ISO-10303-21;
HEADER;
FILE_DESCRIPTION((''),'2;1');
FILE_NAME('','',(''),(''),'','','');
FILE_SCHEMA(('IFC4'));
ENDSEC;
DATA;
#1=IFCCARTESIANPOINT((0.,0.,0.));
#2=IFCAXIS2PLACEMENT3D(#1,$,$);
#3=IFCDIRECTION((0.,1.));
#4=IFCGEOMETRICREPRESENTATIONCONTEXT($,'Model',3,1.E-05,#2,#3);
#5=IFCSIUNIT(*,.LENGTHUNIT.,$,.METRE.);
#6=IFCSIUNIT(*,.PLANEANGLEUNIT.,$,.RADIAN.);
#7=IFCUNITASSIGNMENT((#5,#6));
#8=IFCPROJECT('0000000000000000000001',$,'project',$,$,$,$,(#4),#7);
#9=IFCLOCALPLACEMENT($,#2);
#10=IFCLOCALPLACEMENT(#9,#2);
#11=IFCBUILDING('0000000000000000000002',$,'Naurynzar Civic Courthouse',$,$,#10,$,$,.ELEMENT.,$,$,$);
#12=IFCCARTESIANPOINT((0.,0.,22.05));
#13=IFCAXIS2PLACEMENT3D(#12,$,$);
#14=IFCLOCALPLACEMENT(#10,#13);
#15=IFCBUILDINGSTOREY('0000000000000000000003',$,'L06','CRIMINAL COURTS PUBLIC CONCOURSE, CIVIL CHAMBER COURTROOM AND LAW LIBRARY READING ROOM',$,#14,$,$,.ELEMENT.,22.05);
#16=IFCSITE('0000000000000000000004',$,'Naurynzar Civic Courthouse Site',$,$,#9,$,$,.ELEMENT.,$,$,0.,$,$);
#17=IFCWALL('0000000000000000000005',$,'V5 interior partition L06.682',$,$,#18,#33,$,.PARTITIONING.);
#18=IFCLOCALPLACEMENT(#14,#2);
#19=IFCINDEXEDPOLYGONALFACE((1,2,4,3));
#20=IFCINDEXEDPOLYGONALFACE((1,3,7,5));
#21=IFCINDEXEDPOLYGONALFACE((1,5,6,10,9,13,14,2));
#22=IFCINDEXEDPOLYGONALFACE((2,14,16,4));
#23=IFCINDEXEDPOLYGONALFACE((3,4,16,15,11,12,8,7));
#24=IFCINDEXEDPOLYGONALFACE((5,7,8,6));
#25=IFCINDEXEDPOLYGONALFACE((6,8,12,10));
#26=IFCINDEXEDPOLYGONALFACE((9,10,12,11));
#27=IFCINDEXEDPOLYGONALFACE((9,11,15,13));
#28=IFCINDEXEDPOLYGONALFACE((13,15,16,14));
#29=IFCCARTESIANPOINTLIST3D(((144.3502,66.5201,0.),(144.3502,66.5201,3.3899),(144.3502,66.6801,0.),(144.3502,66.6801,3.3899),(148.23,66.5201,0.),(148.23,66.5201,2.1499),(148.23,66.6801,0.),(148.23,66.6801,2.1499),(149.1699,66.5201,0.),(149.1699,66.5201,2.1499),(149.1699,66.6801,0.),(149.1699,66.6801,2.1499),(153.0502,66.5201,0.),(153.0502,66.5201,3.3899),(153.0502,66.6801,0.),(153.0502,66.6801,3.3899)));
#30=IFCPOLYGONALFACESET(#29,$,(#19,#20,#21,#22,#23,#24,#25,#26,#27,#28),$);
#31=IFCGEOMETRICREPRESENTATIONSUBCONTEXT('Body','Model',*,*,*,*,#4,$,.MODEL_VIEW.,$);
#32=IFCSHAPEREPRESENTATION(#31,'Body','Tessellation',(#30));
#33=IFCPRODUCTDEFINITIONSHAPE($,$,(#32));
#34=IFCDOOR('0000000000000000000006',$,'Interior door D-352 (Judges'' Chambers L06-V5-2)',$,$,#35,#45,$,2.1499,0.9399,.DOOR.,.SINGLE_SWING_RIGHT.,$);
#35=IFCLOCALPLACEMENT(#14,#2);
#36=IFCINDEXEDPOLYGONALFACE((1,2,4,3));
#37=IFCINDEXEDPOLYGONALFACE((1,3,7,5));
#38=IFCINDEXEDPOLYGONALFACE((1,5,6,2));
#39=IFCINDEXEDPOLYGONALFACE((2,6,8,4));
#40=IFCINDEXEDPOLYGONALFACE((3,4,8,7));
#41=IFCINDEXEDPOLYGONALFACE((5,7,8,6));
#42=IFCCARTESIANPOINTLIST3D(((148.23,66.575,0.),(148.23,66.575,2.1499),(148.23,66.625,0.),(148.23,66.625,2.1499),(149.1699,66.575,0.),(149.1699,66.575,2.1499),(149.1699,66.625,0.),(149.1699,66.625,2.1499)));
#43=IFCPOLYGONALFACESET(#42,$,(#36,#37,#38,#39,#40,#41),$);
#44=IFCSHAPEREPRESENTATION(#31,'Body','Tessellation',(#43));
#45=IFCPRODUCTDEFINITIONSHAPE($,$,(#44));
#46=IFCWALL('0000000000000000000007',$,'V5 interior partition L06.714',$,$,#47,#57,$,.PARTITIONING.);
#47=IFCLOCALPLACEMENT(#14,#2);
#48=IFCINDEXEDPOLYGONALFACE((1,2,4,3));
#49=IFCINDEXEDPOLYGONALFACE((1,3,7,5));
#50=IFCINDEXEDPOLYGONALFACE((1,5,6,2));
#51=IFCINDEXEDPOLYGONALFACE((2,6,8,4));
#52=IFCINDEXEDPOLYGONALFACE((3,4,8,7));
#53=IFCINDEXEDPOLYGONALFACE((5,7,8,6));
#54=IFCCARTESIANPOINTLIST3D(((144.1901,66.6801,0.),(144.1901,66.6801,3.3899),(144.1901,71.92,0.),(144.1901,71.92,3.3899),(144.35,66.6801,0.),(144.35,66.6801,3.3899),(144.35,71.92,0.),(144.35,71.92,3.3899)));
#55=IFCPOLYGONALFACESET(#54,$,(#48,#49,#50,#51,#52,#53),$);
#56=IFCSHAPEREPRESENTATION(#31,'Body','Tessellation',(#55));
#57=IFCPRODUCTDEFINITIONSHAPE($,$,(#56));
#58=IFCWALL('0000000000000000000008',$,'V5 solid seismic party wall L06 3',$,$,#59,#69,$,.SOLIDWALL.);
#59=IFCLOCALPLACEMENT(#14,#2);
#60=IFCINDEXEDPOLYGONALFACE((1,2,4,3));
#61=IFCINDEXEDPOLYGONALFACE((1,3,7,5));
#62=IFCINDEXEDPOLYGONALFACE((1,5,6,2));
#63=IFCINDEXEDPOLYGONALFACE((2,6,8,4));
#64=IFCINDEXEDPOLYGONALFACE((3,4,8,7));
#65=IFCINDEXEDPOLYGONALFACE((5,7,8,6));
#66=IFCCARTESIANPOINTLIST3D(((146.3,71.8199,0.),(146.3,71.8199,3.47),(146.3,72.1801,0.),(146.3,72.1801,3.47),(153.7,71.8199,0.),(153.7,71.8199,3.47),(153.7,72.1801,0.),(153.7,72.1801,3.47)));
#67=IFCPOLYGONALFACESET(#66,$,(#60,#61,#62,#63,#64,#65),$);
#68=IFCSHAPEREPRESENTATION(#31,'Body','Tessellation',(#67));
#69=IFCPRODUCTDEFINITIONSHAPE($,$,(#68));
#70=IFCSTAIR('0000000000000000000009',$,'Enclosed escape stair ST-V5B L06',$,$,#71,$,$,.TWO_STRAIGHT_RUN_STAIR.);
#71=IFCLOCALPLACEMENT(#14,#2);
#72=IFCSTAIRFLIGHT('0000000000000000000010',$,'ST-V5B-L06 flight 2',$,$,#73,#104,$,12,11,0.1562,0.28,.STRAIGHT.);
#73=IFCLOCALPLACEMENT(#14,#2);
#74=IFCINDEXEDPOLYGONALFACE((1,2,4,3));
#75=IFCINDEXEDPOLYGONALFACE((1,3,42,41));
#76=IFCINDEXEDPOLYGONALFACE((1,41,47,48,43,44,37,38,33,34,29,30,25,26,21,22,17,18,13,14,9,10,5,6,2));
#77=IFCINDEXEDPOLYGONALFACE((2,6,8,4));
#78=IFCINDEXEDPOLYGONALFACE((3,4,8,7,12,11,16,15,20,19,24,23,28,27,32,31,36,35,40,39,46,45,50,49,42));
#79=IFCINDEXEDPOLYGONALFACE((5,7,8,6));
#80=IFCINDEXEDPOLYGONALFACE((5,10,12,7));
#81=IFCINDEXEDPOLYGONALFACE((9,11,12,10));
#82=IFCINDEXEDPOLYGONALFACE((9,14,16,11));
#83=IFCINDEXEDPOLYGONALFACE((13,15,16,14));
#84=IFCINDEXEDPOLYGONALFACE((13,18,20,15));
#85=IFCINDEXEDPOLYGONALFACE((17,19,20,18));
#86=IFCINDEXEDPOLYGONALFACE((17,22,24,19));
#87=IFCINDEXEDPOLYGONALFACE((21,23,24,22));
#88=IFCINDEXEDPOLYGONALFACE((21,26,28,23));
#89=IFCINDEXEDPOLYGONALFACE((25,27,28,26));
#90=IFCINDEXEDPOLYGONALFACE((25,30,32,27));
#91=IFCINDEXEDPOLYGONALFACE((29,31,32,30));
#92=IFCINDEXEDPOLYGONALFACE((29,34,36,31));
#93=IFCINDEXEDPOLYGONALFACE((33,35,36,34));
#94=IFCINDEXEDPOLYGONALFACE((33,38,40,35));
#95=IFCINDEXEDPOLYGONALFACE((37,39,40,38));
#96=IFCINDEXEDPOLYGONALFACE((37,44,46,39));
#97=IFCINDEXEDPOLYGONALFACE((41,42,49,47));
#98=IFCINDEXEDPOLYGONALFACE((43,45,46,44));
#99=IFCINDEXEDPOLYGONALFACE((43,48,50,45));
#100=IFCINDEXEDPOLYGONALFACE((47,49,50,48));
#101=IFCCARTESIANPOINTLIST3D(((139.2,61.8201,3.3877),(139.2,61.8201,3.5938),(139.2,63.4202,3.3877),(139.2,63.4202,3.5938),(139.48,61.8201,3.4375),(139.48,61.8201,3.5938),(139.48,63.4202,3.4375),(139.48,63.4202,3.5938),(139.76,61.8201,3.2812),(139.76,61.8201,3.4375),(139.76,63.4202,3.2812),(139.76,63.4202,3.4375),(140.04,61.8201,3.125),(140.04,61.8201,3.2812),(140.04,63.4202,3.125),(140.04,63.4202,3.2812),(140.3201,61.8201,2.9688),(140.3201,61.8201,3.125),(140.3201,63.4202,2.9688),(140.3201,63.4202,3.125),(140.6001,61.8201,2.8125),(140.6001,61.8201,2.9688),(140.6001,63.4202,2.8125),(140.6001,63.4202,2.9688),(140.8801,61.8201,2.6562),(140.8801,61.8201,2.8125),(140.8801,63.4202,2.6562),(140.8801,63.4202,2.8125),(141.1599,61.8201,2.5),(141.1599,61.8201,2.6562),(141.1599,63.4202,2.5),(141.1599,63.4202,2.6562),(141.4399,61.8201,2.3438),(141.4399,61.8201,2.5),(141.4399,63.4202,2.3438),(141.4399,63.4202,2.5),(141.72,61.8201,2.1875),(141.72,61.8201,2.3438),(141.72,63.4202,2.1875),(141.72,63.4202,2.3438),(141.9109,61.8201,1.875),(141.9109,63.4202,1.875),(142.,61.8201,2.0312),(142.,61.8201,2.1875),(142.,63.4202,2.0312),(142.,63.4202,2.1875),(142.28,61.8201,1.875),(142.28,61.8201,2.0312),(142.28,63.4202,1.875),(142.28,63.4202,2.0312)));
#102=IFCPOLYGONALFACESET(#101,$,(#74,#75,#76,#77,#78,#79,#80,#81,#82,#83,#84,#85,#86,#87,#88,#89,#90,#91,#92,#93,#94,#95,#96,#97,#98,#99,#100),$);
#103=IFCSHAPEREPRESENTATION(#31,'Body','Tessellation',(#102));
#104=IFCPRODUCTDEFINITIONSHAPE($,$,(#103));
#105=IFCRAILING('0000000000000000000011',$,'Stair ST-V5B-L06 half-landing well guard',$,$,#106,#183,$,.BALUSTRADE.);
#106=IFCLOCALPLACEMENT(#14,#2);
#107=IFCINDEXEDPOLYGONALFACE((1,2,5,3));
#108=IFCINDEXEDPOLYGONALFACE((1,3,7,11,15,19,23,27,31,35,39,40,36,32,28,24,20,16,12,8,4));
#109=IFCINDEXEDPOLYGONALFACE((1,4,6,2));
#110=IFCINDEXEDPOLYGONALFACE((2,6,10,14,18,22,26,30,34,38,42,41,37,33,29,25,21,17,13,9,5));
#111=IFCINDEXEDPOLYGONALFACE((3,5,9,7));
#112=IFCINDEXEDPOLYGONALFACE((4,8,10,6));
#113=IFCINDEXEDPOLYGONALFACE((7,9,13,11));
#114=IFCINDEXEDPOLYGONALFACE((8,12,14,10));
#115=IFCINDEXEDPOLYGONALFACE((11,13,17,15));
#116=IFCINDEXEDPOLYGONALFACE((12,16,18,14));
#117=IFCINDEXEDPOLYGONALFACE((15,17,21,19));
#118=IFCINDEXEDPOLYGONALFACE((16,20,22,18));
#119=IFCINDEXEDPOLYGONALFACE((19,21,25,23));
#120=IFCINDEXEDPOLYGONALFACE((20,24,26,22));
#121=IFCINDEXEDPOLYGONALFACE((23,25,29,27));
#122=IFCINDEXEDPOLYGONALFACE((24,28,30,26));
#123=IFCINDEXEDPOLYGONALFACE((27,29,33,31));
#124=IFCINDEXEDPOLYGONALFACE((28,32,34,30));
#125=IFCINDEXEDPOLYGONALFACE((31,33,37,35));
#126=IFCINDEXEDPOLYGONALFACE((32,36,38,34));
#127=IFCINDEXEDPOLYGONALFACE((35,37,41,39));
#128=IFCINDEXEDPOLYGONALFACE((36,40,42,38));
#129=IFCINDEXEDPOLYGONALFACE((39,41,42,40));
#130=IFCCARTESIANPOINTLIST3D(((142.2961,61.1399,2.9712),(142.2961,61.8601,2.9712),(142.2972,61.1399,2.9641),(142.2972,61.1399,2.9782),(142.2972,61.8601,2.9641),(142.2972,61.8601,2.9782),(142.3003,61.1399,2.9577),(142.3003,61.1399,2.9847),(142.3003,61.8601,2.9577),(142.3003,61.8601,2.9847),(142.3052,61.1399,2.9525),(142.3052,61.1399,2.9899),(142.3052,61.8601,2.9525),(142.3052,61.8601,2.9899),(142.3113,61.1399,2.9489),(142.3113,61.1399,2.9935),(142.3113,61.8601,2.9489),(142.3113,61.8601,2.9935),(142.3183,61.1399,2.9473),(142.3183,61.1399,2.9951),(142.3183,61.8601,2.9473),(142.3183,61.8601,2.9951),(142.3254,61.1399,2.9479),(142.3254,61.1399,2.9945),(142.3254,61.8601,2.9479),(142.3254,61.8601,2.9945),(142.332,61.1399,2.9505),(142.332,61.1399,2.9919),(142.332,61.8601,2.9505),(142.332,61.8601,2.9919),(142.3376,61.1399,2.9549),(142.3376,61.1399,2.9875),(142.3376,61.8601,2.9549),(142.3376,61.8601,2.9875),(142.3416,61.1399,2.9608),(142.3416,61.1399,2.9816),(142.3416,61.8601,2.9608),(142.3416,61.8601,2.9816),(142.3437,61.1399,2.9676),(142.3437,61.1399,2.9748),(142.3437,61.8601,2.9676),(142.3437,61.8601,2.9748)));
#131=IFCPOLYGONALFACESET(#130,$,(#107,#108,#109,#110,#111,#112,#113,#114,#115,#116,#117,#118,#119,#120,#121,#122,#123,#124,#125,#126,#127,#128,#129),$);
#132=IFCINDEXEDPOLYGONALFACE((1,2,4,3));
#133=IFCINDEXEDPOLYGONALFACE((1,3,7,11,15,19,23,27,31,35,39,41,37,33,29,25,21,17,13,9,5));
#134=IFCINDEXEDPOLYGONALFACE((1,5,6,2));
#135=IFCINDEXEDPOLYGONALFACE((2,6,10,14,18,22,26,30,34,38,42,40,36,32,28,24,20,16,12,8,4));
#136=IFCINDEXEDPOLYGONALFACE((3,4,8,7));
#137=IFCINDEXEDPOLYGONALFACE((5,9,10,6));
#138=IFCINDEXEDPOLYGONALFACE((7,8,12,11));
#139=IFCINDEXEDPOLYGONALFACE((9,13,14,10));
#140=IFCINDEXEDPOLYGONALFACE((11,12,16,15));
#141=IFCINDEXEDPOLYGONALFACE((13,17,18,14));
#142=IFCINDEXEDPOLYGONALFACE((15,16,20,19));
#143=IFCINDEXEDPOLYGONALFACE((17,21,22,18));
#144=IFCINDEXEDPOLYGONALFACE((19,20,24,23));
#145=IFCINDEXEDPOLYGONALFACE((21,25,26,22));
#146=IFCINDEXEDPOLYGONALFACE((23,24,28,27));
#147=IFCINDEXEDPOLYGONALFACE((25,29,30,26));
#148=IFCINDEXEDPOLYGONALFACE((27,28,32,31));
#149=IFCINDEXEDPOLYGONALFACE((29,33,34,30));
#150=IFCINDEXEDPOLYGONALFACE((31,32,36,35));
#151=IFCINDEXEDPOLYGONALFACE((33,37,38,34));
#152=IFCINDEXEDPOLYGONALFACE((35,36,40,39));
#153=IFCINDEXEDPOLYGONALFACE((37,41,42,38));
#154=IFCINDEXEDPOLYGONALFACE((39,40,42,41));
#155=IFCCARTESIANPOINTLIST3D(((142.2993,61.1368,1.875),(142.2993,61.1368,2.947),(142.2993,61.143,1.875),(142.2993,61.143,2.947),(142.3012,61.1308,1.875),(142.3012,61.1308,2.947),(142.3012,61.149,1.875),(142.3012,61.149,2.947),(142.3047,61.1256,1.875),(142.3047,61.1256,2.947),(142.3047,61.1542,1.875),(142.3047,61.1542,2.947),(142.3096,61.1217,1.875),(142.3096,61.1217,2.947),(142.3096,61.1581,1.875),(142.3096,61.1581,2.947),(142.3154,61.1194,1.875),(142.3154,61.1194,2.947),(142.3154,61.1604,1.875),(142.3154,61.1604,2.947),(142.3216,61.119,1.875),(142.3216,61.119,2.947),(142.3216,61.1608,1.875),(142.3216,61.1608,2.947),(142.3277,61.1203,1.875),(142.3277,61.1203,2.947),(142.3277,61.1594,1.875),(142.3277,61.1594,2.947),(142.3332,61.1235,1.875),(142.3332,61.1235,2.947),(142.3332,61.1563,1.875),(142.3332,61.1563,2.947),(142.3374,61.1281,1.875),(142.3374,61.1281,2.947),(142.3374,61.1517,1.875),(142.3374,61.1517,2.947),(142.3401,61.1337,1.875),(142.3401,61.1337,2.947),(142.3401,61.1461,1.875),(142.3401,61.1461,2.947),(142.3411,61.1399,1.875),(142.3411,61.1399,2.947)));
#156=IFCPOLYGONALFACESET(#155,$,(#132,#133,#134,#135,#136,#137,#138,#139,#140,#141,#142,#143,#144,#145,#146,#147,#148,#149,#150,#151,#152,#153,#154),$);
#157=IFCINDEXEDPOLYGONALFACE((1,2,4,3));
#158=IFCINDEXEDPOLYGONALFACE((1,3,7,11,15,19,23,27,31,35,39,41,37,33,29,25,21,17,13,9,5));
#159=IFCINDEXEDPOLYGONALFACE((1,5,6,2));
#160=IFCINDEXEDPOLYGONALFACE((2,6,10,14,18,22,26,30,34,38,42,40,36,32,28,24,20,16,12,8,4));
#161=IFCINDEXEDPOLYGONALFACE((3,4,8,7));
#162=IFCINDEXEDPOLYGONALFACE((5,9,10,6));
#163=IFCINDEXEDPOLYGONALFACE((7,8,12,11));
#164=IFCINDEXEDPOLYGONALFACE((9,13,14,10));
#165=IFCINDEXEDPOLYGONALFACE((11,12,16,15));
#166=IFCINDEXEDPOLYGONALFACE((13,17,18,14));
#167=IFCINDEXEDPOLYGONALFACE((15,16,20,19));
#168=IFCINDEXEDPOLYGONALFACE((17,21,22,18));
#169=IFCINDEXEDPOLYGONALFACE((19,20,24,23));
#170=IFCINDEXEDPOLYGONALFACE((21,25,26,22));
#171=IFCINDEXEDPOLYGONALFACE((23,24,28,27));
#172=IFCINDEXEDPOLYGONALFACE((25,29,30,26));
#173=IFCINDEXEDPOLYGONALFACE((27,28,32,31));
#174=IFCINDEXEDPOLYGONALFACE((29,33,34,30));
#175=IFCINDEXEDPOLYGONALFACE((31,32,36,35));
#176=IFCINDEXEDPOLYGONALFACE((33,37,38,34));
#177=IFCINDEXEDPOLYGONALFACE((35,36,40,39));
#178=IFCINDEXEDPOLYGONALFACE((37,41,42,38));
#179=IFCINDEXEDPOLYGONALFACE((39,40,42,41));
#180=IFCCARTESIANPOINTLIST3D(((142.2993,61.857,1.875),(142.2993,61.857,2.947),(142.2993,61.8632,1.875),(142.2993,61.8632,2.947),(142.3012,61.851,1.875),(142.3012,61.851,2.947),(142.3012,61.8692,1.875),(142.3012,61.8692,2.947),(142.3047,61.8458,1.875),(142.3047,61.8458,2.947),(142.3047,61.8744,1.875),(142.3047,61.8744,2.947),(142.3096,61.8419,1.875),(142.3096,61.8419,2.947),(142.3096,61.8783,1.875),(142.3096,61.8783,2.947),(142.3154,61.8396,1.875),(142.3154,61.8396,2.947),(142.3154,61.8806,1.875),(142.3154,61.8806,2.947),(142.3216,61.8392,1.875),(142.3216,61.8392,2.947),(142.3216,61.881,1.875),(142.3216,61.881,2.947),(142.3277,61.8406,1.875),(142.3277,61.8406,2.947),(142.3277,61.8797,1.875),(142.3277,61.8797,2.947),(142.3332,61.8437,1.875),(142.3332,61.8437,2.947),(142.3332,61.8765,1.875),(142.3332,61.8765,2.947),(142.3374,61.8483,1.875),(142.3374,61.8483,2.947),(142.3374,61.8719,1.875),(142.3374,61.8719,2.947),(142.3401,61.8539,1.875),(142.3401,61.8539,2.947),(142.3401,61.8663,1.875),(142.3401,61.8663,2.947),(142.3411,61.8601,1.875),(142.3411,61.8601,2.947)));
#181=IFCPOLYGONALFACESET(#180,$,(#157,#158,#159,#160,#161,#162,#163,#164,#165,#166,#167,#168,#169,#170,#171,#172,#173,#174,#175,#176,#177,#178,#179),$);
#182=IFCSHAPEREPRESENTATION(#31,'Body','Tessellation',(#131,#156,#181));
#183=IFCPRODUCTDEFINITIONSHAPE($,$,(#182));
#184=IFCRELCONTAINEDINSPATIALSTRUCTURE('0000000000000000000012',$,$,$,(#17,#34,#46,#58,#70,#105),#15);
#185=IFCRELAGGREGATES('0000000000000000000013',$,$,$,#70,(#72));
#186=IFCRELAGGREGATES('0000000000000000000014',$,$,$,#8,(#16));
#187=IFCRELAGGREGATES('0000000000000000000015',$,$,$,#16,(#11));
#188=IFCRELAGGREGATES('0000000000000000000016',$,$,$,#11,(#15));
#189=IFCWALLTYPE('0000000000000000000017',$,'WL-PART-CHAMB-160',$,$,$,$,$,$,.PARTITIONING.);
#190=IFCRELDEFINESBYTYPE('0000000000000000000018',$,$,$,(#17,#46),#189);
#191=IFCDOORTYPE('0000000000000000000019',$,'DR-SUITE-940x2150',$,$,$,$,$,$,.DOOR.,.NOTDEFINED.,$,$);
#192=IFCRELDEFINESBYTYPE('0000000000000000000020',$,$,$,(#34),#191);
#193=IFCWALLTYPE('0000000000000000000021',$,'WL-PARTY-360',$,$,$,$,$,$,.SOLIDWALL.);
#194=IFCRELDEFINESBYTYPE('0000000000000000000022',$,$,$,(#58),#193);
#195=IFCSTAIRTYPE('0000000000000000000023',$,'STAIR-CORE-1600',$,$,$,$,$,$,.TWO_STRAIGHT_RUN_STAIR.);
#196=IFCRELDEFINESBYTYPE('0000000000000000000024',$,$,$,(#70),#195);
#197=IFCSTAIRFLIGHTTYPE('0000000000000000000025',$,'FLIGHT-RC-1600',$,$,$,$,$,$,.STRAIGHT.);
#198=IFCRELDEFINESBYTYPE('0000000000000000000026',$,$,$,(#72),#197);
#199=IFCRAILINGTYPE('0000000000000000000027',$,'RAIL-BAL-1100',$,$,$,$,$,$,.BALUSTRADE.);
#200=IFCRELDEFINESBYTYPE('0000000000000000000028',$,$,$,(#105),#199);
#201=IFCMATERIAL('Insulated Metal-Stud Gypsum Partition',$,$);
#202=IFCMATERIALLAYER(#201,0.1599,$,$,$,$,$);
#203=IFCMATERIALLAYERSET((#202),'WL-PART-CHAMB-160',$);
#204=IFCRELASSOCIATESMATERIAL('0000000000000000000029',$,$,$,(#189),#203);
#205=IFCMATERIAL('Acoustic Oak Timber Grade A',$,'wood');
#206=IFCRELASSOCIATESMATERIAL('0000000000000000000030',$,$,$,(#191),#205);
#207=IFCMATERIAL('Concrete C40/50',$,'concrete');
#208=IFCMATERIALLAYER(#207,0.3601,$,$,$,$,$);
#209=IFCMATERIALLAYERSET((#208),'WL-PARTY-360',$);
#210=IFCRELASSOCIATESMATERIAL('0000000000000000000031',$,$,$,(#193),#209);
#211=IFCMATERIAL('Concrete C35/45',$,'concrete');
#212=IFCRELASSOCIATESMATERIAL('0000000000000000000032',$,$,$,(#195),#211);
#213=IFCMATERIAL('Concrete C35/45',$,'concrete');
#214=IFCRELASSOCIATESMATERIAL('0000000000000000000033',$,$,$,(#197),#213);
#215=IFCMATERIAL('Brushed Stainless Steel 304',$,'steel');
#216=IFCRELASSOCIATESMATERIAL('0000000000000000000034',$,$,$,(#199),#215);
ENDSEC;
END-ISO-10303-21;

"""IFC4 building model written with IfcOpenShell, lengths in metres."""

from ifc_helpers import new_model, si_unit, direction, frame, frame_2d, origin, origin_2d, place, context, subcontext, project, spatial, polyline, rectangle, circle, outline, extrude, material, layer, layer_set, type_object, element, fill, aggregate, save


model = new_model("IFC4")

# Units and contexts
model_context = context("Model", 3, precision=1e-05, world=origin(), true_north=direction((0.0, 1.0)))
body_context = subcontext(model_context, "Body", "Model", "MODEL_VIEW")
ifc_project = project(units=[si_unit("LENGTHUNIT", "METRE"), si_unit("PLANEANGLEUNIT", "RADIAN")], contexts=[model_context])

# Site, building, storey
site_placement = place(None, origin())
site = spatial("IfcSite", under=ifc_project, at=site_placement, Name="Naurynzar Civic Courthouse Site", CompositionType="ELEMENT", RefElevation=0.0)
building_placement = place(site_placement, origin())
building = spatial("IfcBuilding", under=site, at=building_placement, Name="Naurynzar Civic Courthouse", CompositionType="ELEMENT")
storey_placement = place(building_placement, frame((0.0, 0.0, 22.05)))
storey = spatial("IfcBuildingStorey", under=building, at=storey_placement, Name="L06", Description="CRIMINAL COURTS PUBLIC CONCOURSE, CIVIL CHAMBER COURTROOM AND LAW LIBRARY READING ROOM", CompositionType="ELEMENT", Elevation=22.05)

# Wall, opening, door
ifc_material_1 = material(Name="Insulated Metal-Stud Gypsum Partition")
ifc_layer_1 = layer(ifc_material_1, 0.1599)
ifc_layer_set_1 = layer_set([ifc_layer_1], Name="WL-PART-CHAMB-160")
wall_type_1 = type_object("IfcWallType", Name="WL-PART-CHAMB-160", PredefinedType="PARTITIONING", material=ifc_layer_set_1)
wall_1_placement = place(storey_placement, frame((144.3501, 66.6001, 0.0), z_axis=(0.0, 0.0, 1.0), x_axis=(1.0, 0.0, 0.0)))
wall_1 = element("IfcWall", 1, at=wall_1_placement, inside=storey, type_object=wall_type_1, Name="V5 interior partition L06.682", PredefinedType="PARTITIONING", context=body_context, shape_type="SweptSolid", body=[
    extrude(rectangle(XDim=8.7, YDim=0.1599, at=frame_2d((4.3501, 0.0))), origin(), (0.0, 0.0, 1.0), 3.3899),
])
opening_1_placement = place(wall_1_placement, frame((3.8799, 0.0, 0.0)))
opening_1 = element("IfcOpeningElement", 2, at=opening_1_placement, cuts=wall_1, PredefinedType="OPENING", context=body_context, shape_type="SweptSolid", body=[
    extrude(rectangle(XDim=0.9399, YDim=2.1499, at=frame_2d((0.47, 1.075))), frame((0.0, 0.0898, 0.0), z_axis=(0.0, -1.0, 0.0), x_axis=(1.0, 0.0, 0.0)), (0.0, 0.0, 1.0), 0.1799),
])
ifc_material_2 = material(Name="Acoustic Oak Timber Grade A", Category="wood")
door_type_1 = type_object("IfcDoorType", Name="DR-SUITE-940x2150", OperationType="NOTDEFINED", PredefinedType="DOOR", material=ifc_material_2)
door_1_placement = place(opening_1_placement, origin())
door_1 = element("IfcDoor", 3, at=door_1_placement, inside=storey, type_object=door_type_1, Name="Interior door D-352 (Judges' Chambers L06-V5-2)", OperationType="SINGLE_SWING_RIGHT", OverallHeight=2.1499, OverallWidth=0.9399, PredefinedType="DOOR", context=body_context, shape_type="SweptSolid", body=[
    extrude(rectangle(XDim=0.9399, YDim=2.1499, at=frame_2d((0.47, 1.075))), frame((0.0, 0.0249, 0.0), z_axis=(0.0, -1.0, 0.0), x_axis=(1.0, 0.0, 0.0)), (0.0, 0.0, 1.0), 0.05),
])
fill(opening_1, door_1)

# Walls
wall_2_placement = place(storey_placement, frame((144.27, 66.6799, 0.0), z_axis=(0.0, 0.0, 1.0), x_axis=(0.0, 1.0, 0.0)))
element("IfcWall", 4, at=wall_2_placement, inside=storey, type_object=wall_type_1, Name="V5 interior partition L06.714", PredefinedType="PARTITIONING", context=body_context, shape_type="SweptSolid", body=[
    extrude(rectangle(XDim=5.24, YDim=0.1599, at=frame_2d((2.6201, 0.0))), origin(), (0.0, 0.0, 1.0), 3.3899),
])
ifc_material_3 = material(Name="Concrete C40/50", Category="concrete")
ifc_layer_2 = layer(ifc_material_3, 0.3601)
ifc_layer_set_2 = layer_set([ifc_layer_2], Name="WL-PARTY-360")
wall_type_2 = type_object("IfcWallType", Name="WL-PARTY-360", PredefinedType="SOLIDWALL", material=ifc_layer_set_2)
wall_3_placement = place(storey_placement, frame((146.3, 72.0, 0.0), z_axis=(0.0, 0.0, 1.0), x_axis=(1.0, 0.0, 0.0)))
element("IfcWall", 5, at=wall_3_placement, inside=storey, type_object=wall_type_2, Name="V5 solid seismic party wall L06 3", PredefinedType="SOLIDWALL", context=body_context, shape_type="SweptSolid", body=[
    extrude(rectangle(XDim=7.3999, YDim=0.3601, at=frame_2d((3.7, 0.0))), origin(), (0.0, 0.0, 1.0), 3.47),
])

# Stair, stair flight
ifc_material_4 = material(Name="Concrete C35/45", Category="concrete")
stair_type = type_object("IfcStairType", Name="STAIR-CORE-1600", PredefinedType="TWO_STRAIGHT_RUN_STAIR", material=ifc_material_4)
stair_placement = place(storey_placement, origin())
stair = element("IfcStair", 6, at=stair_placement, inside=storey, type_object=stair_type, Name="Enclosed escape stair ST-V5B L06", PredefinedType="TWO_STRAIGHT_RUN_STAIR")
ifc_material_5 = material(Name="Concrete C35/45", Category="concrete")
stair_flight_type = type_object("IfcStairFlightType", Name="FLIGHT-RC-1600", PredefinedType="STRAIGHT", material=ifc_material_5)
stair_flight_placement = place(storey_placement, frame((142.28, 62.6201, 1.875), z_axis=(0.0, 0.0, 1.0), x_axis=(-1.0, 0.0, 0.0)))
stair_flight = element("IfcStairFlight", 7, at=stair_flight_placement, type_object=stair_flight_type, Name="ST-V5B-L06 flight 2", NumberOfRisers=12, NumberOfTreads=11, PredefinedType="STRAIGHT", RiserHeight=0.1562, TreadLength=0.28, context=body_context, shape_type="SweptSolid", body=[
    extrude(outline(polyline([(0.0, 0.0), (0.0, 0.1562), (0.28, 0.1562), (0.28, 0.3125), (0.5601, 0.3125), (0.5601, 0.4688), (0.8401, 0.4688), (0.8401, 0.625), (1.1201, 0.625), (1.1201, 0.7812), (1.3999, 0.7812), (1.3999, 0.9375), (1.6799, 0.9375), (1.6799, 1.0938), (1.96, 1.0938), (1.96, 1.25), (2.24, 1.25), (2.24, 1.4062), (2.52, 1.4062), (2.52, 1.5625), (2.8, 1.5625), (2.8, 1.7188), (3.0801, 1.7188), (3.0801, 1.875), (3.0801, 1.5127), (0.3691, 0.0), (0.0, 0.0)])), frame((0.0, 0.8, 0.0), z_axis=(0.0, -1.0, 0.0), x_axis=(1.0, 0.0, 0.0)), (0.0, 0.0, 1.0), 1.6001),
])
aggregate(stair, [stair_flight])

# Railing
ifc_material_6 = material(Name="Brushed Stainless Steel 304", Category="steel")
railing_type = type_object("IfcRailingType", Name="RAIL-BAL-1100", PredefinedType="BALUSTRADE", material=ifc_material_6)
railing_placement = place(storey_placement, frame((142.3201, 61.1399, 1.875)))
element("IfcRailing", 8, at=railing_placement, inside=storey, type_object=railing_type, Name="Stair ST-V5B-L06 half-landing well guard", PredefinedType="BALUSTRADE", context=body_context, shape_type="SweptSolid", body=[
    extrude(circle(Radius=0.0239, at=origin_2d()), frame((0.0, 0.0, 1.0962), z_axis=(0.0, 1.0, 0.0), x_axis=(-1.0, 0.0, 0.0)), (0.0, 0.0, 1.0), 0.7202),
    extrude(circle(Radius=0.021, at=origin_2d()), origin(), (0.0, 0.0, 1.0), 1.072),
    extrude(circle(Radius=0.021, at=origin_2d()), frame((0.0, 0.7202, 0.0)), (0.0, 0.0, 1.0), 1.072),
])

save(model, "model.ifc")
